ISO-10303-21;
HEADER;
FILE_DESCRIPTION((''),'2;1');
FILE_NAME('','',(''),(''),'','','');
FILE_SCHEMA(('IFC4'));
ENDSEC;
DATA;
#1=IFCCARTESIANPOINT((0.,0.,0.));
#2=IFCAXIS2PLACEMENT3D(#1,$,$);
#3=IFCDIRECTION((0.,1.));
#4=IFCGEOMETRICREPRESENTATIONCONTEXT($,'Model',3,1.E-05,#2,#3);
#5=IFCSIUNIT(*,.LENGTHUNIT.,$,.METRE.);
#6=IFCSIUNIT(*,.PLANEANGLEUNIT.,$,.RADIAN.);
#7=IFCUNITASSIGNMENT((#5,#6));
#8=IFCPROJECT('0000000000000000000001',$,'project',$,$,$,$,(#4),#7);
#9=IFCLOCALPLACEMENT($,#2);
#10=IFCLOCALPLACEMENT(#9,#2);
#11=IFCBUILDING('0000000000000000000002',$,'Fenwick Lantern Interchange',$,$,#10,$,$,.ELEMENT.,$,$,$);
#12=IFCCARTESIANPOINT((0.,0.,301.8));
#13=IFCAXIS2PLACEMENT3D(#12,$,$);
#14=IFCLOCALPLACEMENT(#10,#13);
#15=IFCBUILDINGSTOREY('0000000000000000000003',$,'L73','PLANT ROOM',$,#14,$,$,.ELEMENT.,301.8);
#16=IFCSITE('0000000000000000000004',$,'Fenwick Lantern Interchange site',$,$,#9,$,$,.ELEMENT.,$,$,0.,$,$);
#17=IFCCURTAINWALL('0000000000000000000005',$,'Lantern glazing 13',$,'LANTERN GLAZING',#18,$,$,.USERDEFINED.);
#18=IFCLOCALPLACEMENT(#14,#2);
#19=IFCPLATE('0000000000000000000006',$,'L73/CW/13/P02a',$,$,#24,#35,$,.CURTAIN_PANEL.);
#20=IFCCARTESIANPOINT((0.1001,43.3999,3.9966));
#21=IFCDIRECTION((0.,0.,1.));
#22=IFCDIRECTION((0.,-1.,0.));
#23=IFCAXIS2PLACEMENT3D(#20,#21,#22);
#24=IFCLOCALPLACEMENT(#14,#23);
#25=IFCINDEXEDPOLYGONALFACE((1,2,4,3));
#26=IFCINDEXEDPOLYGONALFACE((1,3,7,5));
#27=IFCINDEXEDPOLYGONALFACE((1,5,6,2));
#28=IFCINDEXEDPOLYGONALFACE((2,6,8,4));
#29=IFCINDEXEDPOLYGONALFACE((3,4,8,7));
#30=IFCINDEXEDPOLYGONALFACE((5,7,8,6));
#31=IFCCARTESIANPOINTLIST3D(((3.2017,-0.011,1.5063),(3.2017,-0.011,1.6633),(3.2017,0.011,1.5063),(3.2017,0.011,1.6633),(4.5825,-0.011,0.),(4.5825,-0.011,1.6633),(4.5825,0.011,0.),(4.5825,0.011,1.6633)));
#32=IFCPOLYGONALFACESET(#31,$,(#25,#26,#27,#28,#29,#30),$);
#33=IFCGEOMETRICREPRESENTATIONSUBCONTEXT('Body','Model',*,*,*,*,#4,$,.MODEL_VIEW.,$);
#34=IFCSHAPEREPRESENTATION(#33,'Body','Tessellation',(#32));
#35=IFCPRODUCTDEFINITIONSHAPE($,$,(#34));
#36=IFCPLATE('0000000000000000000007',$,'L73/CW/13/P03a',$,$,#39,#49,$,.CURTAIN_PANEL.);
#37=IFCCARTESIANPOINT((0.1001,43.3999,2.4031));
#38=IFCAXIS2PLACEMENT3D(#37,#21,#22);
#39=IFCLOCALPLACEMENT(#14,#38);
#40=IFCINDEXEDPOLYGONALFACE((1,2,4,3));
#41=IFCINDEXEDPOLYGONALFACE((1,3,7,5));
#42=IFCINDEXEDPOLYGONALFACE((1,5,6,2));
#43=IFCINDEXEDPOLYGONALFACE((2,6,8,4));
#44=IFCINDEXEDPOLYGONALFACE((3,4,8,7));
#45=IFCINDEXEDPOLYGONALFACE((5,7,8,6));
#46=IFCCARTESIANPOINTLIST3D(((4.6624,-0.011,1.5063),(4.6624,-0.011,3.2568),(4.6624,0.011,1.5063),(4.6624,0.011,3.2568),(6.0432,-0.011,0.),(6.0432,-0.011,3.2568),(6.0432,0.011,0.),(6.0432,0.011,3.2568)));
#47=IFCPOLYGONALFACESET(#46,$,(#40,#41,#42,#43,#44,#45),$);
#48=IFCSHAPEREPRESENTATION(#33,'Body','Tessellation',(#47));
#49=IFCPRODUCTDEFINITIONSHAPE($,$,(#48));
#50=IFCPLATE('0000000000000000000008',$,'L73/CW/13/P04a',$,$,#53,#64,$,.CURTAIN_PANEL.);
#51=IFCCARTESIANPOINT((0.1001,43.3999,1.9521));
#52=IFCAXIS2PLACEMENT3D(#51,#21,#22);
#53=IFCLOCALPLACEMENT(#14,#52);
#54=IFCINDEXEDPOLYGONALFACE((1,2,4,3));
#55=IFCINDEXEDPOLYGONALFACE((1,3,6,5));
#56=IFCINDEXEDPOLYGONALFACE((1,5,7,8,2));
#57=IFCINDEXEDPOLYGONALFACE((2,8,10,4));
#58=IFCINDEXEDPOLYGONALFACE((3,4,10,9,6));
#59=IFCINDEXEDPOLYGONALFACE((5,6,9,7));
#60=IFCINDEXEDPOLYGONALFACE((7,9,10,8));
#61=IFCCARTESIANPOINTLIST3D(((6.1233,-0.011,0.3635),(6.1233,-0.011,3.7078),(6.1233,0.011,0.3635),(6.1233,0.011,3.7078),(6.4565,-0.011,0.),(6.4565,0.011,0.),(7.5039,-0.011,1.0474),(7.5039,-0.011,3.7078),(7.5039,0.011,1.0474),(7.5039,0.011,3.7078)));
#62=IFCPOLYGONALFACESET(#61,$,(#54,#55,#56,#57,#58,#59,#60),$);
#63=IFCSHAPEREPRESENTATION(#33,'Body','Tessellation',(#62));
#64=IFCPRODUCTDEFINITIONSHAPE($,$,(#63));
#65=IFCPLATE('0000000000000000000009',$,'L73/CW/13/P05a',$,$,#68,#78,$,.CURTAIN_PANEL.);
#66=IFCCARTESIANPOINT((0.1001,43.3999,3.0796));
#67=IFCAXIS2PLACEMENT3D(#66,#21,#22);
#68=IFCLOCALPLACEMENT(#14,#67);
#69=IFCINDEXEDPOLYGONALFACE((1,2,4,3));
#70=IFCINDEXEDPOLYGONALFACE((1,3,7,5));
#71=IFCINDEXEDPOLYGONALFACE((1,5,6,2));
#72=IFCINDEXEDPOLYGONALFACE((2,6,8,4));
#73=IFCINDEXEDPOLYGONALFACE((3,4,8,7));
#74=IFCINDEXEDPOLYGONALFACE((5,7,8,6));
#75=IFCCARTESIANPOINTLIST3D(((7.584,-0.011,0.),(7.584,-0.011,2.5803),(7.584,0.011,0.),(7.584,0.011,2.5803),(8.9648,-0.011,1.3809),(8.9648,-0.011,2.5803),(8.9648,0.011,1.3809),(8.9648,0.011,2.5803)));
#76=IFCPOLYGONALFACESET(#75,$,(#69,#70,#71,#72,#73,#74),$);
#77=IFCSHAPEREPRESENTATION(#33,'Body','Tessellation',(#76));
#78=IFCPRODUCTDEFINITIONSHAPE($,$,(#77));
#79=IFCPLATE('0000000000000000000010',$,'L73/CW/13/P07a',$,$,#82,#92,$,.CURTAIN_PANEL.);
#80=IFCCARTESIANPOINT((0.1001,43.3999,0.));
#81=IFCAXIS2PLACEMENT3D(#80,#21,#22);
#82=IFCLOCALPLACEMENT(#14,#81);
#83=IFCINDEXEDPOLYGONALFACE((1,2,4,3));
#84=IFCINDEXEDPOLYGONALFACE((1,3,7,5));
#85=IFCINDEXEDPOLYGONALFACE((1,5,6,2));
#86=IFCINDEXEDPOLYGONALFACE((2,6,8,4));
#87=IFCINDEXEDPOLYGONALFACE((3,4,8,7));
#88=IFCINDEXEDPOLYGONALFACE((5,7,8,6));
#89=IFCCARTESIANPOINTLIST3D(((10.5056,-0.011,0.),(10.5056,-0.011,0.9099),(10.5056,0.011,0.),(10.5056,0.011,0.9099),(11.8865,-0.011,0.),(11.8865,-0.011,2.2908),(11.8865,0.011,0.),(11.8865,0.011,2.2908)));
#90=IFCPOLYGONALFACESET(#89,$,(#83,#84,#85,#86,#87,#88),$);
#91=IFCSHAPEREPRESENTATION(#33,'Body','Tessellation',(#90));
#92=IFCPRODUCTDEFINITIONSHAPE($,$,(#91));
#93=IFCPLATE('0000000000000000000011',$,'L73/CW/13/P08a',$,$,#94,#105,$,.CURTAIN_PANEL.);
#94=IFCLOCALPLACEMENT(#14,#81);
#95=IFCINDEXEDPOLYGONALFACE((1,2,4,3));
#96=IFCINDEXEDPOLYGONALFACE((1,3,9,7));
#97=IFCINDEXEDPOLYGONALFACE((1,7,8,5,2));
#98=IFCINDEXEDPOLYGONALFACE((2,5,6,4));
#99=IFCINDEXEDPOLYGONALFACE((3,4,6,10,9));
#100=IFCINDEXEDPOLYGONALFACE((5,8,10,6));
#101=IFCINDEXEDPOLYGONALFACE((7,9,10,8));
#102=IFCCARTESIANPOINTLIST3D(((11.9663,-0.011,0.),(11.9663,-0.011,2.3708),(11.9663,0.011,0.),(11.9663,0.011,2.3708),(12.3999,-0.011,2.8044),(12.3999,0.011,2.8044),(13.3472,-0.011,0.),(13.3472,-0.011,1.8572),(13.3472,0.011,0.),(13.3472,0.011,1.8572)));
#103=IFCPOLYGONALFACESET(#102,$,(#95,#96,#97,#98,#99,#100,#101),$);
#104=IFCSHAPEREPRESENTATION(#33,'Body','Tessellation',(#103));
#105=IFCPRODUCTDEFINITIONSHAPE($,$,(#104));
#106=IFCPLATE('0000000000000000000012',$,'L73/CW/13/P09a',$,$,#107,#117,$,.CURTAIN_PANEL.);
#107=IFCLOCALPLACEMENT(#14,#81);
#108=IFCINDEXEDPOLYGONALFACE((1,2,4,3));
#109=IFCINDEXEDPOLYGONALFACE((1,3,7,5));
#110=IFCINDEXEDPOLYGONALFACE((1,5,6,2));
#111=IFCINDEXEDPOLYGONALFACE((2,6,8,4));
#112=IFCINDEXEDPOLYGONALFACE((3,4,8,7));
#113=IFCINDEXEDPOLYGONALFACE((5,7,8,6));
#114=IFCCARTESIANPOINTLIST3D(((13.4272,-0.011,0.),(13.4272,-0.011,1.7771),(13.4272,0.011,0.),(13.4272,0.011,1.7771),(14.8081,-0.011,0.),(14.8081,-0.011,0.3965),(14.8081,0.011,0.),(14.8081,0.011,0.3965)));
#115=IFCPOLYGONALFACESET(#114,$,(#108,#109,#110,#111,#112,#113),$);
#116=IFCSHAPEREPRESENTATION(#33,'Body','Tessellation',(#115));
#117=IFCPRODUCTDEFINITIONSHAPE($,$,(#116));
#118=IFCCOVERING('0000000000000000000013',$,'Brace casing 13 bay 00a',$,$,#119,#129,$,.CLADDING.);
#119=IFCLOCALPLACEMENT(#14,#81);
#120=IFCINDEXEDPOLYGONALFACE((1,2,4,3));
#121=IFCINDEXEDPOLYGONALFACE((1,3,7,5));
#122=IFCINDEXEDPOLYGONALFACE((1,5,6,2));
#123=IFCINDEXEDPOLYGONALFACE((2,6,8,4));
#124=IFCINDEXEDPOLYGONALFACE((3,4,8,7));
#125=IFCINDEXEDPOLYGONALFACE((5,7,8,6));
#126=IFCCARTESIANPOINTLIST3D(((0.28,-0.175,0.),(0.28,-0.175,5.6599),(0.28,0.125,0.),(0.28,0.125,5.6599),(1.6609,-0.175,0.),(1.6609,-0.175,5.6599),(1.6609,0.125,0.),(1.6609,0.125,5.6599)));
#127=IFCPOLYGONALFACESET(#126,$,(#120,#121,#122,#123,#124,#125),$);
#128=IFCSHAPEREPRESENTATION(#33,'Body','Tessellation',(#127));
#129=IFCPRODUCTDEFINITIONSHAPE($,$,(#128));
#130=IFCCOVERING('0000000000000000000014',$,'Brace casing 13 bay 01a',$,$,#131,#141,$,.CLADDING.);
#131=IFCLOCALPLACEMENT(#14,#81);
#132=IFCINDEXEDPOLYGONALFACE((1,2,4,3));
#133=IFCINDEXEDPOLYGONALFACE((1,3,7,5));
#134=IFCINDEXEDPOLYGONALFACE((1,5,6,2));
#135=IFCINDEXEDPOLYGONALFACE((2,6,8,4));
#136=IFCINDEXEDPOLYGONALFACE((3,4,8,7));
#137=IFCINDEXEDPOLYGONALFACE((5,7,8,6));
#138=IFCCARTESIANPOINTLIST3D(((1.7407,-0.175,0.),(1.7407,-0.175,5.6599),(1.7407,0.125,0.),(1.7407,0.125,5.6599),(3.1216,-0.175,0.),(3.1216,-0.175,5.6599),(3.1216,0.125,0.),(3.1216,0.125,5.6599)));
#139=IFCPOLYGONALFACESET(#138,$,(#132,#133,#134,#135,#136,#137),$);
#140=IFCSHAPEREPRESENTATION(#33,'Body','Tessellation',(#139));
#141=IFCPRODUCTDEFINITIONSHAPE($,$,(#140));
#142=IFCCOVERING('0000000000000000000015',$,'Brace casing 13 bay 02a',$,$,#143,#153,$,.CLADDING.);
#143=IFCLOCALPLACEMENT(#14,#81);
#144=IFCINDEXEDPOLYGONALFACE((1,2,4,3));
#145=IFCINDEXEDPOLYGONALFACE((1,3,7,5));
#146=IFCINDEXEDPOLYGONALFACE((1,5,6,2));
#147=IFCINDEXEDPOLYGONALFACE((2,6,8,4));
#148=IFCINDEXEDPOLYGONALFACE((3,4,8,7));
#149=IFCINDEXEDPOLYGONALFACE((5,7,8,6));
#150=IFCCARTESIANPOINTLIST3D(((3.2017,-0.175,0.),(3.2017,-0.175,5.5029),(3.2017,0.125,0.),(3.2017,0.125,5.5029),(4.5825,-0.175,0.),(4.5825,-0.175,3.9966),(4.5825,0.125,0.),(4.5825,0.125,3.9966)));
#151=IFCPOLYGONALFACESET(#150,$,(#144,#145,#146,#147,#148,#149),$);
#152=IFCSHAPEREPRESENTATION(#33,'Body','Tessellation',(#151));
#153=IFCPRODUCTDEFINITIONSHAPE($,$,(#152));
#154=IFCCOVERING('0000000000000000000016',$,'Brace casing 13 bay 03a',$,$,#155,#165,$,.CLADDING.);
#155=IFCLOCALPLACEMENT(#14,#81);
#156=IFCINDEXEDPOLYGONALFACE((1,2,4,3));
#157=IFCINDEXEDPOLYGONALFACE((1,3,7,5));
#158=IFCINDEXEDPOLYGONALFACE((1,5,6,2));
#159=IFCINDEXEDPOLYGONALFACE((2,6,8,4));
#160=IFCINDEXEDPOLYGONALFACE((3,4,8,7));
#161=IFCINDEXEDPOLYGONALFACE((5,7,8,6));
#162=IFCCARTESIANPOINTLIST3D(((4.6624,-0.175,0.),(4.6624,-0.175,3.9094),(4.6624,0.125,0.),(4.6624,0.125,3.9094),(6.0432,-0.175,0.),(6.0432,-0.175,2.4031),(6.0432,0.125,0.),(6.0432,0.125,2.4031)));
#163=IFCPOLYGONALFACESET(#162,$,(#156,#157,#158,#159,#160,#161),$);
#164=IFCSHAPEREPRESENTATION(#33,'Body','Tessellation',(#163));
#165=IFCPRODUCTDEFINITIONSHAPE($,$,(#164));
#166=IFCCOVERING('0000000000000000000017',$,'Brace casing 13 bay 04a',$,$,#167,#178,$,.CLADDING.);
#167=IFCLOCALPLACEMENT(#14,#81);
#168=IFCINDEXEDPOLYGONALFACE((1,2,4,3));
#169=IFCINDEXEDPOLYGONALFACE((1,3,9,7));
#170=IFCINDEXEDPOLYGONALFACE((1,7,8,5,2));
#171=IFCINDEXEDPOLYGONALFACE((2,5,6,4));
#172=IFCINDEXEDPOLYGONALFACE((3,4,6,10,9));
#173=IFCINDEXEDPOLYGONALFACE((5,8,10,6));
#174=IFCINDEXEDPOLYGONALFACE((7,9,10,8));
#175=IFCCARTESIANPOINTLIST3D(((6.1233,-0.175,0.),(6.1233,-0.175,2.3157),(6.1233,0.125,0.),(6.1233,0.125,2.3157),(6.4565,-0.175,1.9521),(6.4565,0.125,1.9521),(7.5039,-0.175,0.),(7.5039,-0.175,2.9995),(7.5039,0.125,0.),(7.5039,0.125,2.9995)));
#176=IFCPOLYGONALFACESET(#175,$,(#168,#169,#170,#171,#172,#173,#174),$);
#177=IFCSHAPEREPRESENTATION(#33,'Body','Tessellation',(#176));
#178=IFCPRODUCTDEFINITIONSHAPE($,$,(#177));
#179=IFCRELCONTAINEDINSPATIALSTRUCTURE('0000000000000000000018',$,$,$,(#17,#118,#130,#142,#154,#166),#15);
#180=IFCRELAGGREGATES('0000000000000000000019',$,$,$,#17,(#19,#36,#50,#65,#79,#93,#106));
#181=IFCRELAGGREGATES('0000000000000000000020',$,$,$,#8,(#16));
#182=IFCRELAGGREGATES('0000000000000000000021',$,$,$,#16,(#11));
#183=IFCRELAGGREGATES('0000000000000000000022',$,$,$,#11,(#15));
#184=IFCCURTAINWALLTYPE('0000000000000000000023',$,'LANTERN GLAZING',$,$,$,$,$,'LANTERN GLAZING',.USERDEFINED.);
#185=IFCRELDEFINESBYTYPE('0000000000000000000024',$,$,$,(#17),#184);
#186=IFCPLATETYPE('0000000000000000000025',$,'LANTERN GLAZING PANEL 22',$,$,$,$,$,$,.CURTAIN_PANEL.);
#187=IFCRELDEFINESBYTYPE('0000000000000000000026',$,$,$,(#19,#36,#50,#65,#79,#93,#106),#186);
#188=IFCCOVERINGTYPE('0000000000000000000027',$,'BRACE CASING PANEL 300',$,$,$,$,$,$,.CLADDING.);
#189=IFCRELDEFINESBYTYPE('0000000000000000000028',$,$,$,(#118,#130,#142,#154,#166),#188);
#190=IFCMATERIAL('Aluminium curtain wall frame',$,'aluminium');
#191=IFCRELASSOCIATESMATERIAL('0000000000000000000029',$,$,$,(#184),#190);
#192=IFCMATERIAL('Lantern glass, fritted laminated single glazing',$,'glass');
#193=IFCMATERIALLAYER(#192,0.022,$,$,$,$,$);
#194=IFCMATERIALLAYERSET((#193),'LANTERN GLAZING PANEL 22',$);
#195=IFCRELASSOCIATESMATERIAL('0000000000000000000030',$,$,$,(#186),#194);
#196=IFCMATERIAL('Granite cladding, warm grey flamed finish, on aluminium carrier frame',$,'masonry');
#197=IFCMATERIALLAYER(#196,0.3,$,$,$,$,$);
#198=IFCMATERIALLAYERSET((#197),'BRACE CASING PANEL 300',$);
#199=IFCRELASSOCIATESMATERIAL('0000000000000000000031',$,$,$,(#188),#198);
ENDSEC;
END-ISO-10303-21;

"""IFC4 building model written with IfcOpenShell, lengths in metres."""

from ifc_helpers import new_model, si_unit, direction, frame, origin, place, context, subcontext, project, spatial, polyline, outline, extrude, material, layer, layer_set, type_object, element, aggregate, save


model = new_model("IFC4")

# Units and contexts
model_context = context("Model", 3, precision=1e-05, world=origin(), true_north=direction((0.0, 1.0)))
body_context = subcontext(model_context, "Body", "Model", "MODEL_VIEW")
ifc_project = project(units=[si_unit("LENGTHUNIT", "METRE"), si_unit("PLANEANGLEUNIT", "RADIAN")], contexts=[model_context])

# Site, building, storey
site_placement = place(None, origin())
site = spatial("IfcSite", under=ifc_project, at=site_placement, Name="Fenwick Lantern Interchange site", CompositionType="ELEMENT", RefElevation=0.0)
building_placement = place(site_placement, origin())
building = spatial("IfcBuilding", under=site, at=building_placement, Name="Fenwick Lantern Interchange", CompositionType="ELEMENT")
storey_placement = place(building_placement, frame((0.0, 0.0, 301.8)))
storey = spatial("IfcBuildingStorey", under=building, at=storey_placement, Name="L73", Description="PLANT ROOM", CompositionType="ELEMENT", Elevation=301.8)

# Curtain wall, plates
ifc_material_1 = material(Name="Aluminium curtain wall frame", Category="aluminium")
curtain_wall_type = type_object("IfcCurtainWallType", Name="LANTERN GLAZING", ElementType="LANTERN GLAZING", PredefinedType="USERDEFINED", material=ifc_material_1)
curtain_wall_placement = place(storey_placement, origin())
curtain_wall = element("IfcCurtainWall", 1, at=curtain_wall_placement, inside=storey, type_object=curtain_wall_type, Name="Lantern glazing 13", ObjectType="LANTERN GLAZING", PredefinedType="USERDEFINED")
ifc_material_2 = material(Name="Lantern glass, fritted laminated single glazing", Category="glass")
ifc_layer_1 = layer(ifc_material_2, 0.022)
ifc_layer_set_1 = layer_set([ifc_layer_1], Name="LANTERN GLAZING PANEL 22")
plate_type = type_object("IfcPlateType", Name="LANTERN GLAZING PANEL 22", PredefinedType="CURTAIN_PANEL", material=ifc_layer_set_1)
plate_1_placement = place(storey_placement, frame((0.1001, 43.3999, 3.9966), z_axis=(0.0, 0.0, 1.0), x_axis=(0.0, -1.0, 0.0)))
plate_1 = element("IfcPlate", 2, at=plate_1_placement, type_object=plate_type, Name="L73/CW/13/P02a", PredefinedType="CURTAIN_PANEL", context=body_context, shape_type="SweptSolid", body=[
    extrude(outline(polyline([(4.5825, 0.0), (4.5825, 1.6633), (3.2017, 1.6633), (3.2017, 1.5063), (4.5825, 0.0)])), frame((0.0, 0.011, 0.0), z_axis=(0.0, -1.0, 0.0), x_axis=(1.0, 0.0, 0.0)), (0.0, 0.0, 1.0), 0.022),
])
plate_2_placement = place(storey_placement, frame((0.1001, 43.3999, 2.4031), z_axis=(0.0, 0.0, 1.0), x_axis=(0.0, -1.0, 0.0)))
plate_2 = element("IfcPlate", 3, at=plate_2_placement, type_object=plate_type, Name="L73/CW/13/P03a", PredefinedType="CURTAIN_PANEL", context=body_context, shape_type="SweptSolid", body=[
    extrude(outline(polyline([(6.0432, 0.0), (6.0432, 3.2568), (4.6624, 3.2568), (4.6624, 1.5063), (6.0432, 0.0)])), frame((0.0, 0.011, 0.0), z_axis=(0.0, -1.0, 0.0), x_axis=(1.0, 0.0, 0.0)), (0.0, 0.0, 1.0), 0.022),
])
plate_3_placement = place(storey_placement, frame((0.1001, 43.3999, 1.9521), z_axis=(0.0, 0.0, 1.0), x_axis=(0.0, -1.0, 0.0)))
plate_3 = element("IfcPlate", 4, at=plate_3_placement, type_object=plate_type, Name="L73/CW/13/P04a", PredefinedType="CURTAIN_PANEL", context=body_context, shape_type="SweptSolid", body=[
    extrude(outline(polyline([(6.4565, 0.0), (7.5039, 1.0474), (7.5039, 3.7078), (6.1233, 3.7078), (6.1233, 0.3635), (6.4565, 0.0)])), frame((0.0, 0.011, 0.0), z_axis=(0.0, -1.0, 0.0), x_axis=(1.0, 0.0, 0.0)), (0.0, 0.0, 1.0), 0.022),
])
plate_4_placement = place(storey_placement, frame((0.1001, 43.3999, 3.0796), z_axis=(0.0, 0.0, 1.0), x_axis=(0.0, -1.0, 0.0)))
plate_4 = element("IfcPlate", 5, at=plate_4_placement, type_object=plate_type, Name="L73/CW/13/P05a", PredefinedType="CURTAIN_PANEL", context=body_context, shape_type="SweptSolid", body=[
    extrude(outline(polyline([(7.584, 0.0), (8.9648, 1.3809), (8.9648, 2.5803), (7.584, 2.5803), (7.584, 0.0)])), frame((0.0, 0.011, 0.0), z_axis=(0.0, -1.0, 0.0), x_axis=(1.0, 0.0, 0.0)), (0.0, 0.0, 1.0), 0.022),
])
plate_5_placement = place(storey_placement, frame((0.1001, 43.3999, 0.0), z_axis=(0.0, 0.0, 1.0), x_axis=(0.0, -1.0, 0.0)))
plate_5 = element("IfcPlate", 6, at=plate_5_placement, type_object=plate_type, Name="L73/CW/13/P07a", PredefinedType="CURTAIN_PANEL", context=body_context, shape_type="SweptSolid", body=[
    extrude(outline(polyline([(10.5056, 0.0), (11.8865, 0.0), (11.8865, 2.2908), (10.5056, 0.9099), (10.5056, 0.0)])), frame((0.0, 0.011, 0.0), z_axis=(0.0, -1.0, 0.0), x_axis=(1.0, 0.0, 0.0)), (0.0, 0.0, 1.0), 0.022),
])
plate_6_placement = place(storey_placement, frame((0.1001, 43.3999, 0.0), z_axis=(0.0, 0.0, 1.0), x_axis=(0.0, -1.0, 0.0)))
plate_6 = element("IfcPlate", 7, at=plate_6_placement, type_object=plate_type, Name="L73/CW/13/P08a", PredefinedType="CURTAIN_PANEL", context=body_context, shape_type="SweptSolid", body=[
    extrude(outline(polyline([(11.9663, 0.0), (13.3472, 0.0), (13.3472, 1.8572), (12.3999, 2.8044), (11.9663, 2.3708), (11.9663, 0.0)])), frame((0.0, 0.011, 0.0), z_axis=(0.0, -1.0, 0.0), x_axis=(1.0, 0.0, 0.0)), (0.0, 0.0, 1.0), 0.022),
])
plate_7_placement = place(storey_placement, frame((0.1001, 43.3999, 0.0), z_axis=(0.0, 0.0, 1.0), x_axis=(0.0, -1.0, 0.0)))
plate_7 = element("IfcPlate", 8, at=plate_7_placement, type_object=plate_type, Name="L73/CW/13/P09a", PredefinedType="CURTAIN_PANEL", context=body_context, shape_type="SweptSolid", body=[
    extrude(outline(polyline([(13.4272, 0.0), (14.8081, 0.0), (14.8081, 0.3965), (13.4272, 1.7771), (13.4272, 0.0)])), frame((0.0, 0.011, 0.0), z_axis=(0.0, -1.0, 0.0), x_axis=(1.0, 0.0, 0.0)), (0.0, 0.0, 1.0), 0.022),
])
aggregate(curtain_wall, [plate_1, plate_2, plate_3, plate_4, plate_5, plate_6, plate_7])

# Coverings
ifc_material_3 = material(Name="Granite cladding, warm grey flamed finish, on aluminium carrier frame", Category="masonry")
ifc_layer_2 = layer(ifc_material_3, 0.3)
ifc_layer_set_2 = layer_set([ifc_layer_2], Name="BRACE CASING PANEL 300")
covering_type = type_object("IfcCoveringType", Name="BRACE CASING PANEL 300", PredefinedType="CLADDING", material=ifc_layer_set_2)
covering_1_placement = place(storey_placement, frame((0.1001, 43.3999, 0.0), z_axis=(0.0, 0.0, 1.0), x_axis=(0.0, -1.0, 0.0)))
element("IfcCovering", 9, at=covering_1_placement, inside=storey, type_object=covering_type, Name="Brace casing 13 bay 00a", PredefinedType="CLADDING", context=body_context, shape_type="SweptSolid", body=[
    extrude(outline(polyline([(0.28, 0.0), (1.6609, 0.0), (1.6609, 5.6599), (0.28, 5.6599), (0.28, 0.0)])), frame((0.0, 0.125, 0.0), z_axis=(0.0, -1.0, 0.0), x_axis=(1.0, 0.0, 0.0)), (0.0, 0.0, 1.0), 0.3),
])
covering_2_placement = place(storey_placement, frame((0.1001, 43.3999, 0.0), z_axis=(0.0, 0.0, 1.0), x_axis=(0.0, -1.0, 0.0)))
element("IfcCovering", 10, at=covering_2_placement, inside=storey, type_object=covering_type, Name="Brace casing 13 bay 01a", PredefinedType="CLADDING", context=body_context, shape_type="SweptSolid", body=[
    extrude(outline(polyline([(1.7407, 0.0), (3.1216, 0.0), (3.1216, 5.6599), (1.7407, 5.6599), (1.7407, 0.0)])), frame((0.0, 0.125, 0.0), z_axis=(0.0, -1.0, 0.0), x_axis=(1.0, 0.0, 0.0)), (0.0, 0.0, 1.0), 0.3),
])
covering_3_placement = place(storey_placement, frame((0.1001, 43.3999, 0.0), z_axis=(0.0, 0.0, 1.0), x_axis=(0.0, -1.0, 0.0)))
element("IfcCovering", 11, at=covering_3_placement, inside=storey, type_object=covering_type, Name="Brace casing 13 bay 02a", PredefinedType="CLADDING", context=body_context, shape_type="SweptSolid", body=[
    extrude(outline(polyline([(3.2017, 0.0), (4.5825, 0.0), (4.5825, 3.9966), (3.2017, 5.5029), (3.2017, 0.0)])), frame((0.0, 0.125, 0.0), z_axis=(0.0, -1.0, 0.0), x_axis=(1.0, 0.0, 0.0)), (0.0, 0.0, 1.0), 0.3),
])
covering_4_placement = place(storey_placement, frame((0.1001, 43.3999, 0.0), z_axis=(0.0, 0.0, 1.0), x_axis=(0.0, -1.0, 0.0)))
element("IfcCovering", 12, at=covering_4_placement, inside=storey, type_object=covering_type, Name="Brace casing 13 bay 03a", PredefinedType="CLADDING", context=body_context, shape_type="SweptSolid", body=[
    extrude(outline(polyline([(4.6624, 0.0), (6.0432, 0.0), (6.0432, 2.4031), (4.6624, 3.9094), (4.6624, 0.0)])), frame((0.0, 0.125, 0.0), z_axis=(0.0, -1.0, 0.0), x_axis=(1.0, 0.0, 0.0)), (0.0, 0.0, 1.0), 0.3),
])
covering_5_placement = place(storey_placement, frame((0.1001, 43.3999, 0.0), z_axis=(0.0, 0.0, 1.0), x_axis=(0.0, -1.0, 0.0)))
element("IfcCovering", 13, at=covering_5_placement, inside=storey, type_object=covering_type, Name="Brace casing 13 bay 04a", PredefinedType="CLADDING", context=body_context, shape_type="SweptSolid", body=[
    extrude(outline(polyline([(6.1233, 0.0), (7.5039, 0.0), (7.5039, 2.9995), (6.4565, 1.9521), (6.1233, 2.3157), (6.1233, 0.0)])), frame((0.0, 0.125, 0.0), z_axis=(0.0, -1.0, 0.0), x_axis=(1.0, 0.0, 0.0)), (0.0, 0.0, 1.0), 0.3),
])

save(model, "model.ifc")
